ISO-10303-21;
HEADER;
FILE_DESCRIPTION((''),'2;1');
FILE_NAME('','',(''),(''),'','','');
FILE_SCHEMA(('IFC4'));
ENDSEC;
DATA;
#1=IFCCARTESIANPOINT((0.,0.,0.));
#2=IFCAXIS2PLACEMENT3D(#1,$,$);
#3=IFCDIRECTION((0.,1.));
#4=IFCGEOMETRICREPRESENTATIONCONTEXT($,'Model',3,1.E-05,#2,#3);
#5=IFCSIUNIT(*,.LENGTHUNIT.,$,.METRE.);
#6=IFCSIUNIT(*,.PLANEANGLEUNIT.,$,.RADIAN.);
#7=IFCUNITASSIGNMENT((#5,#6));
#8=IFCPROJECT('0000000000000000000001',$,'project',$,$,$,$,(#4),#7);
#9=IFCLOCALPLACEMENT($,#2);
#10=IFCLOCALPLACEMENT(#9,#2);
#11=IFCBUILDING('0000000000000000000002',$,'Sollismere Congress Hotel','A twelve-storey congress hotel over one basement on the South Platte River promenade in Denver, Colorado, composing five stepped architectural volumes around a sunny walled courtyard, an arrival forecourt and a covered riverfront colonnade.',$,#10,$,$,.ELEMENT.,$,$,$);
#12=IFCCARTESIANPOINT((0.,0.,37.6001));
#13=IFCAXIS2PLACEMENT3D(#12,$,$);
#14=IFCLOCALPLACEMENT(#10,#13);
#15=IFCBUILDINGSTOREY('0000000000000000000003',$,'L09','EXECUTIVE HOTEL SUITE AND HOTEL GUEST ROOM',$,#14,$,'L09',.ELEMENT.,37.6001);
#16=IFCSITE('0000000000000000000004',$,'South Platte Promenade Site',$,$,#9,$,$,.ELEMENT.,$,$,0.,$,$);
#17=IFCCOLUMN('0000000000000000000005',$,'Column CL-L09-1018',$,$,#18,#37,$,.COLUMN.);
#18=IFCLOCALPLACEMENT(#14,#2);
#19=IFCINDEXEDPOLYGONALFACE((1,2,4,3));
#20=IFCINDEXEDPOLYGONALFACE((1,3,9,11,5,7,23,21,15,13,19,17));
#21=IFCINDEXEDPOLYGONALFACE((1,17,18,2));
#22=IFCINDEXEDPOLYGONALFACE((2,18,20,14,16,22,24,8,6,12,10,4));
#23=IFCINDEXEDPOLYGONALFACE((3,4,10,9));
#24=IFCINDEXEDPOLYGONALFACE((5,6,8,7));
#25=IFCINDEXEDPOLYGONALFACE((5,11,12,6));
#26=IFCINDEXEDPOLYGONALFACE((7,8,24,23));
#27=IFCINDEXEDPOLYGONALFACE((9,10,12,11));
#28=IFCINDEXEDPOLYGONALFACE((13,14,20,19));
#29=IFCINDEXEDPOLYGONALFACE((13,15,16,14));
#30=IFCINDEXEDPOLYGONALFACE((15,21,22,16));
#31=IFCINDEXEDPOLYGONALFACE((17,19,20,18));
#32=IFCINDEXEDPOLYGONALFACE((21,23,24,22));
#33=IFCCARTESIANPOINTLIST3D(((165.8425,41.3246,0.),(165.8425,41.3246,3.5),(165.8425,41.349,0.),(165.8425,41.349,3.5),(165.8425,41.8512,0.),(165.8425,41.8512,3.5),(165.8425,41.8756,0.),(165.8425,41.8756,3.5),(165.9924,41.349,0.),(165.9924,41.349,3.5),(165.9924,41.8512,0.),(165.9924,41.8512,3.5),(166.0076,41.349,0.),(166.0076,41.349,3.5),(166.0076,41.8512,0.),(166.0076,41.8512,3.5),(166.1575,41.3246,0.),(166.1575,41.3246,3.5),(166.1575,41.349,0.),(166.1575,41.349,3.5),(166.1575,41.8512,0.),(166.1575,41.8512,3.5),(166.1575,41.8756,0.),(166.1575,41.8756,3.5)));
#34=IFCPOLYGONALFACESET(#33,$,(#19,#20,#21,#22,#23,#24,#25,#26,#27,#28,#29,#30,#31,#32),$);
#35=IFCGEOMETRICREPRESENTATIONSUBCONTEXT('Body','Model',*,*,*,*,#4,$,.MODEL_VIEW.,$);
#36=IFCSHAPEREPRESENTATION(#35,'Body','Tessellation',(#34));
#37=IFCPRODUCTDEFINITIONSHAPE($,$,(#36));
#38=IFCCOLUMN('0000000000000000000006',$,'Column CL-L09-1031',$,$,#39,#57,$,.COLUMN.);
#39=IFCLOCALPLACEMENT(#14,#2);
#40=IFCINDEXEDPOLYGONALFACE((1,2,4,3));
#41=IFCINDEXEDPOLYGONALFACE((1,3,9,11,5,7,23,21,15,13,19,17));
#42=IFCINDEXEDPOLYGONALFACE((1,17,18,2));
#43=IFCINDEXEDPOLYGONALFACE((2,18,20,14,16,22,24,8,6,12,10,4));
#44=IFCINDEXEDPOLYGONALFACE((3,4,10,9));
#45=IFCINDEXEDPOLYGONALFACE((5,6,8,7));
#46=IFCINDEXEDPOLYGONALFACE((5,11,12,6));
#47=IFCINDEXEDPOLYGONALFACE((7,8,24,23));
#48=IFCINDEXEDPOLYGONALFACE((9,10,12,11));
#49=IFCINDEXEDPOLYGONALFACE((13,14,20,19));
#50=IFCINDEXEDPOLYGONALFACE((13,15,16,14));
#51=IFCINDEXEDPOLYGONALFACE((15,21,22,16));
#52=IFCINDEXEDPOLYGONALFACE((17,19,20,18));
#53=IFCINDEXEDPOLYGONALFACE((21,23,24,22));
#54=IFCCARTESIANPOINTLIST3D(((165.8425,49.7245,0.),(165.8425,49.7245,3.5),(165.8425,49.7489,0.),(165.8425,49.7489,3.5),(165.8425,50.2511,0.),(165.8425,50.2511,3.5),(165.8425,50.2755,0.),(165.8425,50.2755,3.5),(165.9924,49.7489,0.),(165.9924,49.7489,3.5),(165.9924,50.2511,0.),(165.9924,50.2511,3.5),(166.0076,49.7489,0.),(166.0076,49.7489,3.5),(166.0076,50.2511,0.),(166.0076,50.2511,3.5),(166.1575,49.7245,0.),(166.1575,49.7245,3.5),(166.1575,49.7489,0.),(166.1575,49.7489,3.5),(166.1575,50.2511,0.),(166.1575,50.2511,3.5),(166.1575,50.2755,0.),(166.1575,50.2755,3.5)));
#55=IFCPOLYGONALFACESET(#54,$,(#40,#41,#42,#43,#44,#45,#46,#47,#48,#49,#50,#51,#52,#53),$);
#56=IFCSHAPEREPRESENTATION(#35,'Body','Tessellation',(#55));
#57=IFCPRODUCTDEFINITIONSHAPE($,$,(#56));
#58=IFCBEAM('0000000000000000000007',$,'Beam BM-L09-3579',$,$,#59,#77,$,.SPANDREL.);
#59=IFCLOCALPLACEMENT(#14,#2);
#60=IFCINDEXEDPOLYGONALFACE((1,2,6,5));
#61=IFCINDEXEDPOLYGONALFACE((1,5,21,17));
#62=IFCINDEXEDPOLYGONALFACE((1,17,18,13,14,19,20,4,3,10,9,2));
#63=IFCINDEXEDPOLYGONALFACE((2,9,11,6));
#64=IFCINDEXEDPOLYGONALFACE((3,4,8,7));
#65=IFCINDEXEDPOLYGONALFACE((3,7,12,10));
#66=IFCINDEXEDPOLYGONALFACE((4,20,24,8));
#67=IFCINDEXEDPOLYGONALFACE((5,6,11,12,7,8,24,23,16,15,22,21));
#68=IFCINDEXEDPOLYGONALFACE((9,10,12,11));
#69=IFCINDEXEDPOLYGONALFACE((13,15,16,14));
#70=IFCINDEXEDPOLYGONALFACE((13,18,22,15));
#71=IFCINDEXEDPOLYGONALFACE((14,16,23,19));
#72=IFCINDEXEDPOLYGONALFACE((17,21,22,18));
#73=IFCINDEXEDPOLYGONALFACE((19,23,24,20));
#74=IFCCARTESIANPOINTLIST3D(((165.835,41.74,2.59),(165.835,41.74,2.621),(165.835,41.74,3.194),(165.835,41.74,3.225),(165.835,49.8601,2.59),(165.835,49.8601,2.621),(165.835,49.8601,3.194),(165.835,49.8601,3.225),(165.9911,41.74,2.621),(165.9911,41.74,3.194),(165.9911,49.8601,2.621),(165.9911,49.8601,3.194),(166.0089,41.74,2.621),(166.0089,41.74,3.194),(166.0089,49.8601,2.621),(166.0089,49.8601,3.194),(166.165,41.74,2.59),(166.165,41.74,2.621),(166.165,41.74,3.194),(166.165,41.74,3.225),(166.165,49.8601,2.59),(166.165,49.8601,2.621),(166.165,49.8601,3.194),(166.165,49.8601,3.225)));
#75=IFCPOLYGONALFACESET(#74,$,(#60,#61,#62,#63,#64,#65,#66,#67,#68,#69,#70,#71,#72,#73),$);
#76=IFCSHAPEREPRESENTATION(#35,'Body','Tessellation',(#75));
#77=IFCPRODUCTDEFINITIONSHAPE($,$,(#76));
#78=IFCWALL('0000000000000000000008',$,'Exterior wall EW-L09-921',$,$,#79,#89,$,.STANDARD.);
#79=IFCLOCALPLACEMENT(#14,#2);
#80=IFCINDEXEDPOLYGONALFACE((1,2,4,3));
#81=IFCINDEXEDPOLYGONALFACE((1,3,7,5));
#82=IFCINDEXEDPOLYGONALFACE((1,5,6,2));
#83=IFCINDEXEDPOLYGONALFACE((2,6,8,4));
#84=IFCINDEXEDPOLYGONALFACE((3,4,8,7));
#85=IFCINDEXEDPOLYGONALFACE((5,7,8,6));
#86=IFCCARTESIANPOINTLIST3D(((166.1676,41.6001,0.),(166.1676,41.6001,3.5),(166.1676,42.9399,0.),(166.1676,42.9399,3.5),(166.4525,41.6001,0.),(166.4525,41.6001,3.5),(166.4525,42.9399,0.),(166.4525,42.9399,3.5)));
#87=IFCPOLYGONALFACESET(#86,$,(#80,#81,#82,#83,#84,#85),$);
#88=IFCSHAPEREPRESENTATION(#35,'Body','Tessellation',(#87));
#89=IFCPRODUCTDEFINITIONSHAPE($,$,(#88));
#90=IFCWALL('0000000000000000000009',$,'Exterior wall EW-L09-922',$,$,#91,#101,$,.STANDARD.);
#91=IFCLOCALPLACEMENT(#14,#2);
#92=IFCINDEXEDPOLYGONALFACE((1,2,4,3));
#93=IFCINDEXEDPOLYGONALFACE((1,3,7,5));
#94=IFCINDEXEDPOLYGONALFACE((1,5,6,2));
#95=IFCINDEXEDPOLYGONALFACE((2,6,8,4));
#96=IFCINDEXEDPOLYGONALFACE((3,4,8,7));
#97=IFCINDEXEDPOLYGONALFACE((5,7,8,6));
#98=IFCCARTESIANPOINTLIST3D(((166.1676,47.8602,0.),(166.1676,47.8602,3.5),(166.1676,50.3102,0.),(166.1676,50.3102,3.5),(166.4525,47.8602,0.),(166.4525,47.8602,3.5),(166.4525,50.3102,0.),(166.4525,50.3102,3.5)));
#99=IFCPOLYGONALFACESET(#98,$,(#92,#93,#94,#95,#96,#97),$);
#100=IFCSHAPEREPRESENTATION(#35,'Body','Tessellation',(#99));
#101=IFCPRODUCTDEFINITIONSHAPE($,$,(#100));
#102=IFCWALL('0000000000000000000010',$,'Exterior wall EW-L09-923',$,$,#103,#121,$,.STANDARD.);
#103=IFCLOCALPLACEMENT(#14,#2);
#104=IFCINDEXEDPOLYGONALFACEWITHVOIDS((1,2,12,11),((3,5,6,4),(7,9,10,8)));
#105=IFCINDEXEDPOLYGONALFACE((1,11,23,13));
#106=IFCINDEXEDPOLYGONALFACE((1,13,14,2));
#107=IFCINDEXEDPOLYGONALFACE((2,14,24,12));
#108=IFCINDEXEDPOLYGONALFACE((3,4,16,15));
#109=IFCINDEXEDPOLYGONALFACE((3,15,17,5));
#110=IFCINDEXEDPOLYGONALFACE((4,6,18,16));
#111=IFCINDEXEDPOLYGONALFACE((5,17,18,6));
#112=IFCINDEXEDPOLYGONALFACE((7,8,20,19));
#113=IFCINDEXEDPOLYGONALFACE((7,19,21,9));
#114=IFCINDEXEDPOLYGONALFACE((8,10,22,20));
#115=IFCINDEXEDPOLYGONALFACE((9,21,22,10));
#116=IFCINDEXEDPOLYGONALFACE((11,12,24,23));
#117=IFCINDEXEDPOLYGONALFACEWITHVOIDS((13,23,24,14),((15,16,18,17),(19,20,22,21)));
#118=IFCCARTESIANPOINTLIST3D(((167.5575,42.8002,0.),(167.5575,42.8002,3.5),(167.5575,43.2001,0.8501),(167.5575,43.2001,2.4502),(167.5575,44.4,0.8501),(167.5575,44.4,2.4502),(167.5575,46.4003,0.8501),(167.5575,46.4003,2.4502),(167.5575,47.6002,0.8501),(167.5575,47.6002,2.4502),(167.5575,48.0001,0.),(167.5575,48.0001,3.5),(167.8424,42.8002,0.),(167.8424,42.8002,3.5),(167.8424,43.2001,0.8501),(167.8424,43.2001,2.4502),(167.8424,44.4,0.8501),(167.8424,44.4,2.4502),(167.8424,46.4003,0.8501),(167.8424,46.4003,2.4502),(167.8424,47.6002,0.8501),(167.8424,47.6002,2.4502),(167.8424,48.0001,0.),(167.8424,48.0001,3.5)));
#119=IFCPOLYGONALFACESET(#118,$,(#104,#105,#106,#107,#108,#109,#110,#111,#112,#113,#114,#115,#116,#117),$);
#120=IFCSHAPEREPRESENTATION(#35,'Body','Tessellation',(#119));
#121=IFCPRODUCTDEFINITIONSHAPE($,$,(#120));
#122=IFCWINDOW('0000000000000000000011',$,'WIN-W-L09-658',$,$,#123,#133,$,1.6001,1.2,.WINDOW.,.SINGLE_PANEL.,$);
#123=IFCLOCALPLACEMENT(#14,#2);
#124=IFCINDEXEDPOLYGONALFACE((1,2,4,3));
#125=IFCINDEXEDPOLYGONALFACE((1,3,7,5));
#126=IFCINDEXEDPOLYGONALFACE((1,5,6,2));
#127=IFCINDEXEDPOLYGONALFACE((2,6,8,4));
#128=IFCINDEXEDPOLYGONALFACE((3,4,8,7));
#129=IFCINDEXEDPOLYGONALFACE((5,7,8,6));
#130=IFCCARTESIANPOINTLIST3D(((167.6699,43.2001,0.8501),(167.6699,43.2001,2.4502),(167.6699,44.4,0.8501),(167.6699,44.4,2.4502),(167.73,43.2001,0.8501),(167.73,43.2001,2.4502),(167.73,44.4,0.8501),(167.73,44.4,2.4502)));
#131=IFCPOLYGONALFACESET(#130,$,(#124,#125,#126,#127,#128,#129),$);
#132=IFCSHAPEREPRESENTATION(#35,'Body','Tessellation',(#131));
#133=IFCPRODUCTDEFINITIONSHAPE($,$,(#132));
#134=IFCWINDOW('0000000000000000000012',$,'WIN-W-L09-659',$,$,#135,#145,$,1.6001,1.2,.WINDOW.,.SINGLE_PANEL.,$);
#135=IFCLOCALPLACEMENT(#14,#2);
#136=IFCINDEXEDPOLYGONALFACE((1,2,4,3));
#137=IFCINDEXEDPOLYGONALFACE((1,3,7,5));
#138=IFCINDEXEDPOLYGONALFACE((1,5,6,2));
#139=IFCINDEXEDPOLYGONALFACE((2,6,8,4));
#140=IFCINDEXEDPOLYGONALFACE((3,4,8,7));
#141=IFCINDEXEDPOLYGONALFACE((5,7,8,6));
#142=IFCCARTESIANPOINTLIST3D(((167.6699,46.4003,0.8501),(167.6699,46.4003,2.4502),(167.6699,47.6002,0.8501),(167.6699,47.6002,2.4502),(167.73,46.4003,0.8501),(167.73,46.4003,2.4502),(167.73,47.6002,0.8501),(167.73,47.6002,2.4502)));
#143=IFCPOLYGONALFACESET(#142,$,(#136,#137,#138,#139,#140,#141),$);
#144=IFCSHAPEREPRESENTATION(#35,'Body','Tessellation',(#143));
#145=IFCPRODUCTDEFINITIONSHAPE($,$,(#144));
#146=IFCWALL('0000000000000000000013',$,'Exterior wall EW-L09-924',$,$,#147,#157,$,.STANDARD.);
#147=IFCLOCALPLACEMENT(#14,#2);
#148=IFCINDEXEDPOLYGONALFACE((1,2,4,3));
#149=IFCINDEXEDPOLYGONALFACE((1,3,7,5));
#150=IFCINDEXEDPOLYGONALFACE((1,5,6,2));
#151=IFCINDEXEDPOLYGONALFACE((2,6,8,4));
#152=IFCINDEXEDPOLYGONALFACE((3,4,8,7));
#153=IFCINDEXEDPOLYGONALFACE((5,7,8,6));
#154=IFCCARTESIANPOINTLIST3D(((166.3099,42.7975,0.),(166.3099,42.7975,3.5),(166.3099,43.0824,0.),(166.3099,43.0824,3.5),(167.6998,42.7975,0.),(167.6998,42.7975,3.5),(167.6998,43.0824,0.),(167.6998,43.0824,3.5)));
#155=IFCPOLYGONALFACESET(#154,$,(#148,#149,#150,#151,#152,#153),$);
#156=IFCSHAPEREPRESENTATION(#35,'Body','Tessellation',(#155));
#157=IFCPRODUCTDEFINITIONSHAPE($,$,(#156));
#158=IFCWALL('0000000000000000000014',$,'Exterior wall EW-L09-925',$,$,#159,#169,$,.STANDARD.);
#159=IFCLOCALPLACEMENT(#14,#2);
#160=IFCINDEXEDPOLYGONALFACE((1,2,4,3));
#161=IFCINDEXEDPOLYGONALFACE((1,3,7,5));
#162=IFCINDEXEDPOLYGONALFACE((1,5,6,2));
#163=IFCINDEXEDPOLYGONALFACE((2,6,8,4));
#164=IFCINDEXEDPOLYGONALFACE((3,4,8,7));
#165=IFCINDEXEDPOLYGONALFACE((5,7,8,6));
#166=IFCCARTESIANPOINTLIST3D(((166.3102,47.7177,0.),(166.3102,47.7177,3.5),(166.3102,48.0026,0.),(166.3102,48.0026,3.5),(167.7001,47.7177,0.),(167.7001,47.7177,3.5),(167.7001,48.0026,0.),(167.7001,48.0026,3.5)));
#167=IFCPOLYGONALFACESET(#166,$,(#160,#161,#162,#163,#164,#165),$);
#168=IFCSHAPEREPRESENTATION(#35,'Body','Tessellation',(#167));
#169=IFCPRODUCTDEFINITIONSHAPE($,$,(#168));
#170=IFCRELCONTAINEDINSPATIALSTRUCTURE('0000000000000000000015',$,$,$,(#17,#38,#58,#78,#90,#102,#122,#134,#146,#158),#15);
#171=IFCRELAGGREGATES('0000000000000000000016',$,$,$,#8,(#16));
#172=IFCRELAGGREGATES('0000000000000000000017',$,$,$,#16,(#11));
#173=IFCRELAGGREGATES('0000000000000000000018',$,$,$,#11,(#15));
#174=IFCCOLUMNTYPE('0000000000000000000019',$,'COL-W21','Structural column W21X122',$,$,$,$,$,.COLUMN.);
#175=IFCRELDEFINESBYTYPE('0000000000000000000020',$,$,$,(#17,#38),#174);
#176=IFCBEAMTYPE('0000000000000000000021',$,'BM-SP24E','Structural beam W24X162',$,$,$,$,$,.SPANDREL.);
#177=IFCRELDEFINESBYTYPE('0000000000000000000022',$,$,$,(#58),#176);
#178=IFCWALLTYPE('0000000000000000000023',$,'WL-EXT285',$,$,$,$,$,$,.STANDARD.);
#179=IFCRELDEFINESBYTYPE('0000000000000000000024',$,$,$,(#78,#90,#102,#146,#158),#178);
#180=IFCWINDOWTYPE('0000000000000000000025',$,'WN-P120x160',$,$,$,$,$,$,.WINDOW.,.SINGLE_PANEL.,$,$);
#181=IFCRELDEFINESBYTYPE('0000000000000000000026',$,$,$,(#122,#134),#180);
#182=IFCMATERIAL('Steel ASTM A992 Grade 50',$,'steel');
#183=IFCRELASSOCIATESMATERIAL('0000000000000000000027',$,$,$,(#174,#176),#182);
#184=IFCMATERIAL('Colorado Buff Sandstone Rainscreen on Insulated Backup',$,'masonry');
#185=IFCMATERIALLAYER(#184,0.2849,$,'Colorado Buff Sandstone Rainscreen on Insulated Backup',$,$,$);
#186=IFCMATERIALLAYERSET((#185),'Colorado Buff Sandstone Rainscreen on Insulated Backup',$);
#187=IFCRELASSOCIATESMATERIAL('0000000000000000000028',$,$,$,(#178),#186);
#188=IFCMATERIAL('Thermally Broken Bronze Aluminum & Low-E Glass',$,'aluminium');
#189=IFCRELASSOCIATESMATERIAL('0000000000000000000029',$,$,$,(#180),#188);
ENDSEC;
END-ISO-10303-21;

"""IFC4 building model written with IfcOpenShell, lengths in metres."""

from ifc_helpers import new_model, si_unit, direction, frame, frame_2d, origin, origin_2d, place, context, subcontext, project, spatial, rectangle, i_section, extrude, material, layer, layer_set, material_profile, profile_set, type_object, element, fill, save


model = new_model("IFC4")

# Units and contexts
model_context = context("Model", 3, precision=1e-05, world=origin(), true_north=direction((0.0, 1.0)))
body_context = subcontext(model_context, "Body", "Model", "MODEL_VIEW")
ifc_project = project(units=[si_unit("LENGTHUNIT", "METRE"), si_unit("PLANEANGLEUNIT", "RADIAN")], contexts=[model_context])

# Site, building, storey
site_placement = place(None, origin())
site = spatial("IfcSite", under=ifc_project, at=site_placement, Name="South Platte Promenade Site", CompositionType="ELEMENT", RefElevation=0.0)
building_placement = place(site_placement, origin())
building = spatial("IfcBuilding", under=site, at=building_placement, Name="Sollismere Congress Hotel", Description="A twelve-storey congress hotel over one basement on the South Platte River promenade in Denver, Colorado, composing five stepped architectural volumes around a sunny walled courtyard, an arrival forecourt and a covered riverfront colonnade.", CompositionType="ELEMENT")
storey_placement = place(building_placement, frame((0.0, 0.0, 37.6001)))
storey = spatial("IfcBuildingStorey", under=building, at=storey_placement, Name="L09", Description="EXECUTIVE HOTEL SUITE AND HOTEL GUEST ROOM", LongName="L09", CompositionType="ELEMENT", Elevation=37.6001)

# Columns
ifc_material_1 = material(Name="Steel ASTM A992 Grade 50", Category="steel")
ifc_material_profile_1 = material_profile(ifc_material_1, i_section(OverallWidth=0.3149, OverallDepth=0.551, WebThickness=0.0151, FlangeThickness=0.0244, at=origin_2d()), Name="W21X122")
ifc_profile_set_1 = profile_set([ifc_material_profile_1], Name="Steel ASTM A992 Grade 50")
column_type = type_object("IfcColumnType", Name="COL-W21", Description="Structural column W21X122", PredefinedType="COLUMN", material=ifc_profile_set_1)
for number, where, z_axis, x_axis, name in (
    (1, (166.0, 41.6001, 0.0), (0.0, 0.0, 1.0), (1.0, 0.0, 0.0), "Column CL-L09-1018"),
    (2, (166.0, 50.0, 0.0), (0.0, 0.0, 1.0), (1.0, 0.0, 0.0), "Column CL-L09-1031"),
):
    element("IfcColumn", number, at=place(storey_placement, frame(where, z_axis=z_axis, x_axis=x_axis)), inside=storey, type_object=column_type, Name=name, PredefinedType="COLUMN", context=body_context, shape_type="SweptSolid", body=[
        extrude(i_section(OverallWidth=0.3149, OverallDepth=0.551, WebThickness=0.0151, FlangeThickness=0.0244, at=origin_2d()), origin(), (0.0, 0.0, 1.0), 3.5),
    ])

# Beam
ifc_material_profile_2 = material_profile(ifc_material_1, i_section(OverallWidth=0.3301, OverallDepth=0.635, WebThickness=0.0178, FlangeThickness=0.031, at=origin_2d()), Name="W24X162")
ifc_profile_set_2 = profile_set([ifc_material_profile_2], Name="Steel ASTM A992 Grade 50")
beam_type = type_object("IfcBeamType", Name="BM-SP24E", Description="Structural beam W24X162", PredefinedType="SPANDREL", material=ifc_profile_set_2)
beam_placement = place(storey_placement, frame((166.0, 41.74, 2.9075), z_axis=(0.0, 1.0, 0.0), x_axis=(-1.0, 0.0, 0.0)))
element("IfcBeam", 3, at=beam_placement, inside=storey, type_object=beam_type, Name="Beam BM-L09-3579", PredefinedType="SPANDREL", context=body_context, shape_type="SweptSolid", body=[
    extrude(i_section(OverallWidth=0.3301, OverallDepth=0.635, WebThickness=0.0178, FlangeThickness=0.031, at=origin_2d()), origin(), (0.0, 0.0, 1.0), 8.1201),
])

# Walls
ifc_material_2 = material(Name="Colorado Buff Sandstone Rainscreen on Insulated Backup", Category="masonry")
ifc_layer_1 = layer(ifc_material_2, 0.2849, Name="Colorado Buff Sandstone Rainscreen on Insulated Backup")
ifc_layer_set_1 = layer_set([ifc_layer_1], Name="Colorado Buff Sandstone Rainscreen on Insulated Backup")
wall_type_1 = type_object("IfcWallType", Name="WL-EXT285", PredefinedType="STANDARD", material=ifc_layer_set_1)
wall_1_placement = place(storey_placement, frame((166.3101, 41.6001, 0.0), z_axis=(0.0, 0.0, 1.0), x_axis=(0.0, 1.0, 0.0)))
element("IfcWall", 4, at=wall_1_placement, inside=storey, type_object=wall_type_1, Name="Exterior wall EW-L09-921", PredefinedType="STANDARD", context=body_context, shape_type="SweptSolid", body=[
    extrude(rectangle(XDim=1.3398, YDim=0.2849, at=frame_2d((0.6699, 0.0))), origin(), (0.0, 0.0, 1.0), 3.5),
])
wall_2_placement = place(storey_placement, frame((166.3101, 47.8601, 0.0), z_axis=(0.0, 0.0, 1.0), x_axis=(0.0, 1.0, 0.0)))
element("IfcWall", 5, at=wall_2_placement, inside=storey, type_object=wall_type_1, Name="Exterior wall EW-L09-922", PredefinedType="STANDARD", context=body_context, shape_type="SweptSolid", body=[
    extrude(rectangle(XDim=2.45, YDim=0.2849, at=frame_2d((1.2251, 0.0))), origin(), (0.0, 0.0, 1.0), 3.5),
])

# Wall, openings, windows
wall_3_placement = place(storey_placement, frame((167.7, 42.8, 0.0), z_axis=(0.0, 0.0, 1.0), x_axis=(0.0, 1.0, 0.0)))
wall_3 = element("IfcWall", 6, at=wall_3_placement, inside=storey, type_object=wall_type_1, Name="Exterior wall EW-L09-923", PredefinedType="STANDARD", context=body_context, shape_type="SweptSolid", body=[
    extrude(rectangle(XDim=5.2, YDim=0.2849, at=frame_2d((2.6001, 0.0))), origin(), (0.0, 0.0, 1.0), 3.5),
])
opening_1_placement = place(wall_3_placement, frame((0.3999, 0.0, 0.8501)))
opening_1 = element("IfcOpeningElement", 7, at=opening_1_placement, cuts=wall_3, PredefinedType="OPENING", context=body_context, shape_type="SweptSolid", body=[
    extrude(rectangle(XDim=1.2, YDim=1.6001, at=frame_2d((0.6001, 0.8))), frame((0.0, 0.1523, 0.0), z_axis=(0.0, -1.0, 0.0), x_axis=(1.0, 0.0, 0.0)), (0.0, 0.0, 1.0), 0.3049),
])
opening_2_placement = place(wall_3_placement, frame((3.6001, 0.0, 0.8501)))
opening_2 = element("IfcOpeningElement", 8, at=opening_2_placement, cuts=wall_3, PredefinedType="OPENING", context=body_context, shape_type="SweptSolid", body=[
    extrude(rectangle(XDim=1.2, YDim=1.6001, at=frame_2d((0.6001, 0.8))), frame((0.0, 0.1523, 0.0), z_axis=(0.0, -1.0, 0.0), x_axis=(1.0, 0.0, 0.0)), (0.0, 0.0, 1.0), 0.3049),
])
ifc_material_3 = material(Name="Thermally Broken Bronze Aluminum & Low-E Glass", Category="aluminium")
window_type_1 = type_object("IfcWindowType", Name="WN-P120x160", PartitioningType="SINGLE_PANEL", PredefinedType="WINDOW", material=ifc_material_3)
window_1_placement = place(opening_1_placement, origin())
window_1 = element("IfcWindow", 9, at=window_1_placement, inside=storey, type_object=window_type_1, Name="WIN-W-L09-658", OverallHeight=1.6001, OverallWidth=1.2, PartitioningType="SINGLE_PANEL", PredefinedType="WINDOW", context=body_context, shape_type="SweptSolid", body=[
    extrude(rectangle(XDim=1.2, YDim=1.6001, at=frame_2d((0.6001, 0.8))), frame((0.0, 0.03, 0.0), z_axis=(0.0, -1.0, 0.0), x_axis=(1.0, 0.0, 0.0)), (0.0, 0.0, 1.0), 0.0601),
])
fill(opening_1, window_1)
window_2_placement = place(opening_2_placement, origin())
window_2 = element("IfcWindow", 10, at=window_2_placement, inside=storey, type_object=window_type_1, Name="WIN-W-L09-659", OverallHeight=1.6001, OverallWidth=1.2, PartitioningType="SINGLE_PANEL", PredefinedType="WINDOW", context=body_context, shape_type="SweptSolid", body=[
    extrude(rectangle(XDim=1.2, YDim=1.6001, at=frame_2d((0.6001, 0.8))), frame((0.0, 0.03, 0.0), z_axis=(0.0, -1.0, 0.0), x_axis=(1.0, 0.0, 0.0)), (0.0, 0.0, 1.0), 0.0601),
])
fill(opening_2, window_2)

# Walls
for number, where, z_axis, x_axis, name in (
    (11, (166.3101, 42.9399, 0.0), (0.0, 0.0, 1.0), (1.0, 0.0, 0.0), "Exterior wall EW-L09-924"),
    (12, (167.7, 47.8601, 0.0), (0.0, 0.0, 1.0), (-1.0, 0.0, 0.0), "Exterior wall EW-L09-925"),
):
    element("IfcWall", number, at=place(storey_placement, frame(where, z_axis=z_axis, x_axis=x_axis)), inside=storey, type_object=wall_type_1, Name=name, PredefinedType="STANDARD", context=body_context, shape_type="SweptSolid", body=[
        extrude(rectangle(XDim=1.3899, YDim=0.2849, at=frame_2d((0.6948, 0.0))), origin(), (0.0, 0.0, 1.0), 3.5),
    ])

save(model, "model.ifc")
